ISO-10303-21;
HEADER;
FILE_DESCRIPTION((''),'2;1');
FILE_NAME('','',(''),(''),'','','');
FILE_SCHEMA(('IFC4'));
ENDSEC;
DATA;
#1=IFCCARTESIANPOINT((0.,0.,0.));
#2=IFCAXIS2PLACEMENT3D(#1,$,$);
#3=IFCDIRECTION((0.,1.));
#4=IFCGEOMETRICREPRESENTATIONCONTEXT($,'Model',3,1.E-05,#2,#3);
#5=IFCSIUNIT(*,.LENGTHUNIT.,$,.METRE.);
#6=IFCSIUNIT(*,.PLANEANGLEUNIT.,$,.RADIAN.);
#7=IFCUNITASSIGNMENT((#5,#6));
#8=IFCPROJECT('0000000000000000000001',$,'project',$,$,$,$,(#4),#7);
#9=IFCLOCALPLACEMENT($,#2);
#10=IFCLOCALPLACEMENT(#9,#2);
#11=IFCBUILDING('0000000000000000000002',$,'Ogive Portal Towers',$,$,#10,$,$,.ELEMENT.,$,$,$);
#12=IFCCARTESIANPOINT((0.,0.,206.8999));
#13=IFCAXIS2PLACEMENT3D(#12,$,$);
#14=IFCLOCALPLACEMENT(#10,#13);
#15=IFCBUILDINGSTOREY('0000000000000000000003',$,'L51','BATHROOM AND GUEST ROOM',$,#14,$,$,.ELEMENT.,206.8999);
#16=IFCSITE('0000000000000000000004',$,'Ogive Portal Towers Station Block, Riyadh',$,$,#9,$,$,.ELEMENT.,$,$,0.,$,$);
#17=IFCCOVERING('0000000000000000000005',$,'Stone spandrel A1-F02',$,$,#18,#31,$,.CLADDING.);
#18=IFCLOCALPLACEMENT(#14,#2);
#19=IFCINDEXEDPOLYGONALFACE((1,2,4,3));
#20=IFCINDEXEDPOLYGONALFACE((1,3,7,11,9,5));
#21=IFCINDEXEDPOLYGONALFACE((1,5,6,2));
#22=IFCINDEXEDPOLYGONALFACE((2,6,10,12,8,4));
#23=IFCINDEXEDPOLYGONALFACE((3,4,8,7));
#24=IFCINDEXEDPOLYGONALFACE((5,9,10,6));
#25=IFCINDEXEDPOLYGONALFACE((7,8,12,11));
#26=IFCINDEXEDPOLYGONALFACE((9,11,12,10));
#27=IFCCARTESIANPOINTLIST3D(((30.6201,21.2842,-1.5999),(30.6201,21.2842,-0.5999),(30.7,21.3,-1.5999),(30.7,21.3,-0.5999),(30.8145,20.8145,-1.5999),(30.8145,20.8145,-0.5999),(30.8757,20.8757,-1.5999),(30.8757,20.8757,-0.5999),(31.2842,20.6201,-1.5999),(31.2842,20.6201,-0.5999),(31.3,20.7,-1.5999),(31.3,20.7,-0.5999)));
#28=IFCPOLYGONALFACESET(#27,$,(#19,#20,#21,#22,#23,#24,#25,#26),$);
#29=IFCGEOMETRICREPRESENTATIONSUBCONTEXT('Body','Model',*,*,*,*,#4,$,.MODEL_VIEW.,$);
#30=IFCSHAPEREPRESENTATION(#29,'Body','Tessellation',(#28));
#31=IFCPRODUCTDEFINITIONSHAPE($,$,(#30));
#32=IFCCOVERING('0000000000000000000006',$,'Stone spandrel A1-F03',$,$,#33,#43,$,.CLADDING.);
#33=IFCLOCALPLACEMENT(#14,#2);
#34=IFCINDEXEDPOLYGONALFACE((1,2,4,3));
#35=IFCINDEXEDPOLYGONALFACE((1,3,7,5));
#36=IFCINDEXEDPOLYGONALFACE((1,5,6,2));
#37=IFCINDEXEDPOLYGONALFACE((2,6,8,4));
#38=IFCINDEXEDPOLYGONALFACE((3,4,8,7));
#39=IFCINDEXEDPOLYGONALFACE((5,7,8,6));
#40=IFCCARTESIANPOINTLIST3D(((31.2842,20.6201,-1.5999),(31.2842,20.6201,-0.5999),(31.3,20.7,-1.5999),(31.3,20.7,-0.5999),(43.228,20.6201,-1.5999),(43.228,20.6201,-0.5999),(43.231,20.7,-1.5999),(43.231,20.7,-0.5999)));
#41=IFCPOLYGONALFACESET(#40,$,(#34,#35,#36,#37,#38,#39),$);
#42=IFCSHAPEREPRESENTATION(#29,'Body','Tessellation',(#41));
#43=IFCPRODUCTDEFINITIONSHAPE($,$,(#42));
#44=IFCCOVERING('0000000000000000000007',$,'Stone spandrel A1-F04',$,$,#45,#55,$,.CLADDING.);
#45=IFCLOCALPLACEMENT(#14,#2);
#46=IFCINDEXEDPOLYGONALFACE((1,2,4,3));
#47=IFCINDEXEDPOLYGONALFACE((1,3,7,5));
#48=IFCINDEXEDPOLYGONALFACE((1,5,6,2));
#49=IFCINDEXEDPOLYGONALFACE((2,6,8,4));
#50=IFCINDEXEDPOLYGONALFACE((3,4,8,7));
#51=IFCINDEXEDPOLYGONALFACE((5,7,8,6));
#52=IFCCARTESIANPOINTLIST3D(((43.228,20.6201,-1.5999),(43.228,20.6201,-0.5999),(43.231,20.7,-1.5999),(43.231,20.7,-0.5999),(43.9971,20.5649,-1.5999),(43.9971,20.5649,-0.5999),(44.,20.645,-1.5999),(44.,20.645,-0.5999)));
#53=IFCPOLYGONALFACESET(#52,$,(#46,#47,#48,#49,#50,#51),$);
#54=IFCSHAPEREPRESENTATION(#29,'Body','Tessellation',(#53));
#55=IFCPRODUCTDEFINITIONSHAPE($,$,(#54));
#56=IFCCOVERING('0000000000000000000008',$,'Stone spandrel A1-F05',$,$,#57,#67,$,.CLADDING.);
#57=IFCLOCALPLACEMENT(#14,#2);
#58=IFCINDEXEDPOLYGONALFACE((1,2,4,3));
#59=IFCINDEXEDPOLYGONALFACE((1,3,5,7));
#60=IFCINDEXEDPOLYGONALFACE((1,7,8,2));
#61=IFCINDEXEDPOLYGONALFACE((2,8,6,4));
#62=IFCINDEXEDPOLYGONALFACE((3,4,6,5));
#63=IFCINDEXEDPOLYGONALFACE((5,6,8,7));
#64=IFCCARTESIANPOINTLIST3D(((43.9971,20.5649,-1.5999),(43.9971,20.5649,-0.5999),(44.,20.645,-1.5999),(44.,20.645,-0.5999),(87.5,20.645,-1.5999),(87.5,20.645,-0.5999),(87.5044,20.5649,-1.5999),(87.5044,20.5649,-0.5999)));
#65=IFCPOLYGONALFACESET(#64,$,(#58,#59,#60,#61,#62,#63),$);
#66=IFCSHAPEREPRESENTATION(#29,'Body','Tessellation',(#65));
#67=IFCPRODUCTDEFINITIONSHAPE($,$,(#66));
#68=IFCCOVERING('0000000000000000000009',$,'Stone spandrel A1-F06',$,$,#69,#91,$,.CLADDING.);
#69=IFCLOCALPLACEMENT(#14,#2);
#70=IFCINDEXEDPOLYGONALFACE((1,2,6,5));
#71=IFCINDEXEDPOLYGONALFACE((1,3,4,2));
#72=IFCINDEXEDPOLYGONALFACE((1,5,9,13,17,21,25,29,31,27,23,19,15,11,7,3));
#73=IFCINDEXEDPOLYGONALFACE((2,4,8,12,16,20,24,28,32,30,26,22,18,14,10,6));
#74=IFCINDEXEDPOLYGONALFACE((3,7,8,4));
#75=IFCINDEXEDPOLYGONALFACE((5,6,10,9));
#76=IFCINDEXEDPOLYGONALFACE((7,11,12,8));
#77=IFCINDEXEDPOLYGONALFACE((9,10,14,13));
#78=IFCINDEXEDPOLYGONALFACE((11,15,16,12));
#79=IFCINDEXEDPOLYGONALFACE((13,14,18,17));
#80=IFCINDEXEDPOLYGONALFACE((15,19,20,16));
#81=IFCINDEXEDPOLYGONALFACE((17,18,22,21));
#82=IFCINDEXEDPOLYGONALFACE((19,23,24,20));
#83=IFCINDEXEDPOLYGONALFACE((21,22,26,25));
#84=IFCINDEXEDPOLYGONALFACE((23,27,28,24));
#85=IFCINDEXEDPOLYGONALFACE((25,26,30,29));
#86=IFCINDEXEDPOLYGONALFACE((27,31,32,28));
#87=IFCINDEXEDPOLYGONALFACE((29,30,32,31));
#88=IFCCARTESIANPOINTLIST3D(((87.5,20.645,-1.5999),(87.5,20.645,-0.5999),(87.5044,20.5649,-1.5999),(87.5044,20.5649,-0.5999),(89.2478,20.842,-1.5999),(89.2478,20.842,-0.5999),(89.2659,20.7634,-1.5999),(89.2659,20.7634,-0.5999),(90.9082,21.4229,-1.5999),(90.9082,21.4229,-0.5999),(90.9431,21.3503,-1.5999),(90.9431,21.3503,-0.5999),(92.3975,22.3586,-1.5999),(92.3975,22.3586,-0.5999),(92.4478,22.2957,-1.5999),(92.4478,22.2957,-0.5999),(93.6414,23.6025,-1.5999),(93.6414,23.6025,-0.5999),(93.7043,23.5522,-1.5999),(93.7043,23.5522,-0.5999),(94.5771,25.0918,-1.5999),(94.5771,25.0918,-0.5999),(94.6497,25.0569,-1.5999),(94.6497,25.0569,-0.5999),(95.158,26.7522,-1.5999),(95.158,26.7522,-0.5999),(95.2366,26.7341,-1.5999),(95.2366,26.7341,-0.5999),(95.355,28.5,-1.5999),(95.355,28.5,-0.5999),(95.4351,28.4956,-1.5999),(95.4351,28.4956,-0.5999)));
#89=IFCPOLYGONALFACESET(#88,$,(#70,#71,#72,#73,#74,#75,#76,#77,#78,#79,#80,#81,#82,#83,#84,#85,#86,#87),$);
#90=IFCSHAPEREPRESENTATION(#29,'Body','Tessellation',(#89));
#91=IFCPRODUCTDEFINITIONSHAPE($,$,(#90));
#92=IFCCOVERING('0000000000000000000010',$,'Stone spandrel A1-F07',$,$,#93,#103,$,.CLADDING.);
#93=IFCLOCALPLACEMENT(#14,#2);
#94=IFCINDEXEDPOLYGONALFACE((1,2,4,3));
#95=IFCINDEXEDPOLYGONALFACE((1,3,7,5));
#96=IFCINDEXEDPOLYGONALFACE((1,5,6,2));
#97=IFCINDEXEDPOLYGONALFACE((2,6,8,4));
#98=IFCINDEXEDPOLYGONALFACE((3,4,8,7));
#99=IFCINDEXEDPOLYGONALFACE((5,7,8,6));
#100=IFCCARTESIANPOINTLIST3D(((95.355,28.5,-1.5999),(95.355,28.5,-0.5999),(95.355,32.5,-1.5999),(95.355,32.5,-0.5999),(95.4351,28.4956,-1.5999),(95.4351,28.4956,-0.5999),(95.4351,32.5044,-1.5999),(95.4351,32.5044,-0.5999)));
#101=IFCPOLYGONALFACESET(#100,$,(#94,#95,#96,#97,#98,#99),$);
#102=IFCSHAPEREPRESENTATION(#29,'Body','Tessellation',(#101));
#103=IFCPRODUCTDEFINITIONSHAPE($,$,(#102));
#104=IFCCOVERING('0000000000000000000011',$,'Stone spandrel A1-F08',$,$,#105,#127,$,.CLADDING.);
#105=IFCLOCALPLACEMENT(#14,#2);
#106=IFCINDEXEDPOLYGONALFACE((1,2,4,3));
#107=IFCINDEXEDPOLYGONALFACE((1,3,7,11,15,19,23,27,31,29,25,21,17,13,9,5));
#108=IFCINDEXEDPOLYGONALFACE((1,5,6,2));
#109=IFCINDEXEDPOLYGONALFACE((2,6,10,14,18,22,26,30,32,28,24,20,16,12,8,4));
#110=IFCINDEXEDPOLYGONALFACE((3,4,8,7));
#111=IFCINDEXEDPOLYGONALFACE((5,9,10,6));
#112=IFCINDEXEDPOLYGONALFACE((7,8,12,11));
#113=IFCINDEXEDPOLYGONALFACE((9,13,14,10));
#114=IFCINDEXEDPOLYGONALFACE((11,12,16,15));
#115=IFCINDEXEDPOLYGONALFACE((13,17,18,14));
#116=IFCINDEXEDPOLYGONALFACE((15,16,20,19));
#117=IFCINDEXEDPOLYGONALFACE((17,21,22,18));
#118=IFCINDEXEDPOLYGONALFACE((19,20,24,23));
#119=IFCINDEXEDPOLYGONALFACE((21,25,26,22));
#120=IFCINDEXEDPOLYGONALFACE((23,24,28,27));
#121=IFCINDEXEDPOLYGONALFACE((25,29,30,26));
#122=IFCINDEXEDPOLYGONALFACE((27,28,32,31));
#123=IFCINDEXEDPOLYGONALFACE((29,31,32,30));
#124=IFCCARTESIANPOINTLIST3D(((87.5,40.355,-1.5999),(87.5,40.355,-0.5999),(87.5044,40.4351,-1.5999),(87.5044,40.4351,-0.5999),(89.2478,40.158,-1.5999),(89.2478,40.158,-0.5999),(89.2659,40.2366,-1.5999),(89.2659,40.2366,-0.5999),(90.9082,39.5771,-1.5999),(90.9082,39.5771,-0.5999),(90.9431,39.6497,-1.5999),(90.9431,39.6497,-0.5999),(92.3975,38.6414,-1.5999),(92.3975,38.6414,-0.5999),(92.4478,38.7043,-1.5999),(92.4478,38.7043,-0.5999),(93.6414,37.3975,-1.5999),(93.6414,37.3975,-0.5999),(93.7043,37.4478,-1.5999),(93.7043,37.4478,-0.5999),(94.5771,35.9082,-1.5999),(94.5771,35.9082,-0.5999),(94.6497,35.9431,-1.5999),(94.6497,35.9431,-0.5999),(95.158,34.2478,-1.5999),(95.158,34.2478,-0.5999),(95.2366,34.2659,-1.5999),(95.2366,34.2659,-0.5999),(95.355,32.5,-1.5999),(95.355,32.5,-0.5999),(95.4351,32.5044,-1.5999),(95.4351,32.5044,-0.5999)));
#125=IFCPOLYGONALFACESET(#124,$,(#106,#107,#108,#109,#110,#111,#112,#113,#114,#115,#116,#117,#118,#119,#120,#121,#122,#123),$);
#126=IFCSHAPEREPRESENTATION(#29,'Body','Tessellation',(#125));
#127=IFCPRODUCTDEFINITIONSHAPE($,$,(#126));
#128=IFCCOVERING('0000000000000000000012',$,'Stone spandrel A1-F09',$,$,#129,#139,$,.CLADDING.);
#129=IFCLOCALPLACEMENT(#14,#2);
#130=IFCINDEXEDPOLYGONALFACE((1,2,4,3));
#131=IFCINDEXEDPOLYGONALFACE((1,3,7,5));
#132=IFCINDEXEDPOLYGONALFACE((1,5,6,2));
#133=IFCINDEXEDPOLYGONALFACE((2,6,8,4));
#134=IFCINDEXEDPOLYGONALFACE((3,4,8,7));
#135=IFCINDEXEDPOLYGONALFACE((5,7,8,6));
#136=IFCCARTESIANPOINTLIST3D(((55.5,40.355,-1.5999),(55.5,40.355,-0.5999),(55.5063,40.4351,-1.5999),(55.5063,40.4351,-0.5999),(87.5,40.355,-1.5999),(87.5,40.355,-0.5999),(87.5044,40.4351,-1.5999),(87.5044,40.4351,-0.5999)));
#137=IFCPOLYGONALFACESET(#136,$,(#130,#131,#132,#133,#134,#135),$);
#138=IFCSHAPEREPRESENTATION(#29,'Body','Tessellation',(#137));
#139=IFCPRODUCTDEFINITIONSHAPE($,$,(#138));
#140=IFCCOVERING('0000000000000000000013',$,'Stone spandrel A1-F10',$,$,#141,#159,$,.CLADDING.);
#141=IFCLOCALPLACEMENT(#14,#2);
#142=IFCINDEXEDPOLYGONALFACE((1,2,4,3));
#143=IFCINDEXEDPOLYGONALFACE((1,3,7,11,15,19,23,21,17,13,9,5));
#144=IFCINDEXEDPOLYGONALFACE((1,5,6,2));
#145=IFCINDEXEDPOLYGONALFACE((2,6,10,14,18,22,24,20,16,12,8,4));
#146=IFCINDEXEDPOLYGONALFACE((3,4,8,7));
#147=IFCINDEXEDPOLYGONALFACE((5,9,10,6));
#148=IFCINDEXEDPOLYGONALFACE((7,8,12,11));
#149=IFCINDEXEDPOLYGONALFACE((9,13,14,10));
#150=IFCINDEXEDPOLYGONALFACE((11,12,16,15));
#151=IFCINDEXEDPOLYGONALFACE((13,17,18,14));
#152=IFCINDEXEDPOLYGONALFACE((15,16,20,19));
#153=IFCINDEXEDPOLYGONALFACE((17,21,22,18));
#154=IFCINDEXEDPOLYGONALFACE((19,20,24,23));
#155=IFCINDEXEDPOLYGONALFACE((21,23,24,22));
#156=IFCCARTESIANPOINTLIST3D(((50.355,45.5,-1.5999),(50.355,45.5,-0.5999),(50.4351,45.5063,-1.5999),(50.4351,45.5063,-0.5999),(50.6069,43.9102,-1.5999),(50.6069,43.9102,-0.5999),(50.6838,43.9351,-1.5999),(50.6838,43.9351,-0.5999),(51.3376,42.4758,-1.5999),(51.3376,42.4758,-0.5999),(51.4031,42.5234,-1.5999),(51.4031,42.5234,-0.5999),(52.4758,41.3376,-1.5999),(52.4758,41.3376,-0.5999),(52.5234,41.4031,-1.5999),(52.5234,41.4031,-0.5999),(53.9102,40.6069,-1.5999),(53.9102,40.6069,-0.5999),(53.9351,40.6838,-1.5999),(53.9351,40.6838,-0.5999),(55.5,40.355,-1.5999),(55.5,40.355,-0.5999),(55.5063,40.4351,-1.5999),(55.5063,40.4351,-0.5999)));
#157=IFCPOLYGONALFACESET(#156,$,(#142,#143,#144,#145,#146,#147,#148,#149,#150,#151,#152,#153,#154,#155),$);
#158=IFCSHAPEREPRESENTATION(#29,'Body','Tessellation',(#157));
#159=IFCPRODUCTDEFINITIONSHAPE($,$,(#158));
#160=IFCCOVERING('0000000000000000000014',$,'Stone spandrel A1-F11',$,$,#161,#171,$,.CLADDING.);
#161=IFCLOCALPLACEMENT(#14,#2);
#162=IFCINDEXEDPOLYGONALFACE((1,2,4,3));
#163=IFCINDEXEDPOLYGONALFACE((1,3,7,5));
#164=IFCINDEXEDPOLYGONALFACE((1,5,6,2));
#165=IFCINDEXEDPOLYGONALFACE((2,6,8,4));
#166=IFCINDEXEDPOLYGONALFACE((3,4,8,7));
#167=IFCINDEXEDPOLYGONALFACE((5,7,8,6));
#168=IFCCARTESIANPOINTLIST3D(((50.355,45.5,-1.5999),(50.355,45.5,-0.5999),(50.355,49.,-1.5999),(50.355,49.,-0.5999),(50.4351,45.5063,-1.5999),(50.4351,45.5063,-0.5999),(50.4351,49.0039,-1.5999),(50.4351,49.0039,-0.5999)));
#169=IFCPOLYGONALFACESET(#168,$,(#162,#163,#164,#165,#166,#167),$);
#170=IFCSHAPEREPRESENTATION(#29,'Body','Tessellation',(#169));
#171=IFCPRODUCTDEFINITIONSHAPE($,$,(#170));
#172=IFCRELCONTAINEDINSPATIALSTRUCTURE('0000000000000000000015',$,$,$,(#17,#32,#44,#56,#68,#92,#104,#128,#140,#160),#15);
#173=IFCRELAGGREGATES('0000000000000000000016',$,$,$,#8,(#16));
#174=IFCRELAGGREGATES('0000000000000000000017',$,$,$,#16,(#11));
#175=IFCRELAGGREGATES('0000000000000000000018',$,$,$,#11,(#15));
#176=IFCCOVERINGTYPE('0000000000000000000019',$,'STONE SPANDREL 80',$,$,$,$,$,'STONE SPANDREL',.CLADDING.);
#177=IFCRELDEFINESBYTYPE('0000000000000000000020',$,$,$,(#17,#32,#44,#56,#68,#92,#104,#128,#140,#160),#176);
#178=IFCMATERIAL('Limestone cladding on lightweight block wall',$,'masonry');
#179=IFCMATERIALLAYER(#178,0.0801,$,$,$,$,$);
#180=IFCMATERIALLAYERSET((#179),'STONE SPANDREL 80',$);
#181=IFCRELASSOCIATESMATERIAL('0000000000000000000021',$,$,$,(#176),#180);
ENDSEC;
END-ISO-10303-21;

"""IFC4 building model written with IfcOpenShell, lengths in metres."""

from ifc_helpers import new_model, si_unit, direction, frame, origin, place, context, subcontext, project, spatial, polyline, outline, extrude, material, layer, layer_set, type_object, element, save


model = new_model("IFC4")

# Units and contexts
model_context = context("Model", 3, precision=1e-05, world=origin(), true_north=direction((0.0, 1.0)))
body_context = subcontext(model_context, "Body", "Model", "MODEL_VIEW")
ifc_project = project(units=[si_unit("LENGTHUNIT", "METRE"), si_unit("PLANEANGLEUNIT", "RADIAN")], contexts=[model_context])

# Site, building, storey
site_placement = place(None, origin())
site = spatial("IfcSite", under=ifc_project, at=site_placement, Name="Ogive Portal Towers Station Block, Riyadh", CompositionType="ELEMENT", RefElevation=0.0)
building_placement = place(site_placement, origin())
building = spatial("IfcBuilding", under=site, at=building_placement, Name="Ogive Portal Towers", CompositionType="ELEMENT")
storey_placement = place(building_placement, frame((0.0, 0.0, 206.8999)))
storey = spatial("IfcBuildingStorey", under=building, at=storey_placement, Name="L51", Description="BATHROOM AND GUEST ROOM", CompositionType="ELEMENT", Elevation=206.8999)

# Coverings
ifc_material_1 = material(Name="Limestone cladding on lightweight block wall", Category="masonry")
ifc_layer_1 = layer(ifc_material_1, 0.0801)
ifc_layer_set_1 = layer_set([ifc_layer_1], Name="STONE SPANDREL 80")
covering_type_1 = type_object("IfcCoveringType", Name="STONE SPANDREL 80", ElementType="STONE SPANDREL", PredefinedType="CLADDING", material=ifc_layer_set_1)
covering_1_placement = place(storey_placement, frame((0.0, 0.0, -1.5999)))
element("IfcCovering", 1, at=covering_1_placement, inside=storey, type_object=covering_type_1, Name="Stone spandrel A1-F02", PredefinedType="CLADDING", context=body_context, shape_type="SweptSolid", body=[
    extrude(outline(polyline([(30.7, 21.3), (30.8757, 20.8757), (31.3, 20.7), (31.2842, 20.6201), (30.8145, 20.8145), (30.6201, 21.2842), (30.7, 21.3)])), origin(), (0.0, 0.0, 1.0), 1.0),
])
covering_2_placement = place(storey_placement, frame((0.0, 0.0, -1.5999)))
element("IfcCovering", 2, at=covering_2_placement, inside=storey, type_object=covering_type_1, Name="Stone spandrel A1-F03", PredefinedType="CLADDING", context=body_context, shape_type="SweptSolid", body=[
    extrude(outline(polyline([(31.3, 20.7), (43.231, 20.7), (43.228, 20.6201), (31.2842, 20.6201), (31.3, 20.7)])), origin(), (0.0, 0.0, 1.0), 1.0),
])
covering_3_placement = place(storey_placement, frame((0.0, 0.0, -1.5999)))
element("IfcCovering", 3, at=covering_3_placement, inside=storey, type_object=covering_type_1, Name="Stone spandrel A1-F04", PredefinedType="CLADDING", context=body_context, shape_type="SweptSolid", body=[
    extrude(outline(polyline([(43.231, 20.7), (44.0, 20.645), (43.9971, 20.5649), (43.228, 20.6201), (43.231, 20.7)])), origin(), (0.0, 0.0, 1.0), 1.0),
])
covering_4_placement = place(storey_placement, frame((0.0, 0.0, -1.5999)))
element("IfcCovering", 4, at=covering_4_placement, inside=storey, type_object=covering_type_1, Name="Stone spandrel A1-F05", PredefinedType="CLADDING", context=body_context, shape_type="SweptSolid", body=[
    extrude(outline(polyline([(44.0, 20.645), (87.5, 20.645), (87.5044, 20.5649), (43.9971, 20.5649), (44.0, 20.645)])), origin(), (0.0, 0.0, 1.0), 1.0),
])
covering_5_placement = place(storey_placement, frame((0.0, 0.0, -1.5999)))
element("IfcCovering", 5, at=covering_5_placement, inside=storey, type_object=covering_type_1, Name="Stone spandrel A1-F06", PredefinedType="CLADDING", context=body_context, shape_type="SweptSolid", body=[
    extrude(outline(polyline([(87.5, 20.645), (89.2478, 20.842), (90.9082, 21.4229), (92.3975, 22.3586), (93.6414, 23.6025), (94.5771, 25.0918), (95.158, 26.7522), (95.355, 28.5), (95.4351, 28.4956), (95.2366, 26.7341), (94.6497, 25.0569), (93.7043, 23.5522), (92.4478, 22.2957), (90.9431, 21.3503), (89.2659, 20.7634), (87.5044, 20.5649), (87.5, 20.645)])), origin(), (0.0, 0.0, 1.0), 1.0),
])
covering_6_placement = place(storey_placement, frame((0.0, 0.0, -1.5999)))
element("IfcCovering", 6, at=covering_6_placement, inside=storey, type_object=covering_type_1, Name="Stone spandrel A1-F07", PredefinedType="CLADDING", context=body_context, shape_type="SweptSolid", body=[
    extrude(outline(polyline([(95.355, 28.5), (95.355, 32.5), (95.4351, 32.5044), (95.4351, 28.4956), (95.355, 28.5)])), origin(), (0.0, 0.0, 1.0), 1.0),
])
covering_7_placement = place(storey_placement, frame((0.0, 0.0, -1.5999)))
element("IfcCovering", 7, at=covering_7_placement, inside=storey, type_object=covering_type_1, Name="Stone spandrel A1-F08", PredefinedType="CLADDING", context=body_context, shape_type="SweptSolid", body=[
    extrude(outline(polyline([(95.355, 32.5), (95.158, 34.2478), (94.5771, 35.9082), (93.6414, 37.3975), (92.3975, 38.6414), (90.9082, 39.5771), (89.2478, 40.158), (87.5, 40.355), (87.5044, 40.4351), (89.2659, 40.2366), (90.9431, 39.6497), (92.4478, 38.7043), (93.7043, 37.4478), (94.6497, 35.9431), (95.2366, 34.2659), (95.4351, 32.5044), (95.355, 32.5)])), origin(), (0.0, 0.0, 1.0), 1.0),
])
covering_8_placement = place(storey_placement, frame((0.0, 0.0, -1.5999)))
element("IfcCovering", 8, at=covering_8_placement, inside=storey, type_object=covering_type_1, Name="Stone spandrel A1-F09", PredefinedType="CLADDING", context=body_context, shape_type="SweptSolid", body=[
    extrude(outline(polyline([(87.5, 40.355), (55.5, 40.355), (55.5063, 40.4351), (87.5044, 40.4351), (87.5, 40.355)])), origin(), (0.0, 0.0, 1.0), 1.0),
])
covering_9_placement = place(storey_placement, frame((0.0, 0.0, -1.5999)))
element("IfcCovering", 9, at=covering_9_placement, inside=storey, type_object=covering_type_1, Name="Stone spandrel A1-F10", PredefinedType="CLADDING", context=body_context, shape_type="SweptSolid", body=[
    extrude(outline(polyline([(55.5, 40.355), (53.9102, 40.6069), (52.4758, 41.3376), (51.3376, 42.4758), (50.6069, 43.9102), (50.355, 45.5), (50.4351, 45.5063), (50.6838, 43.9351), (51.4031, 42.5234), (52.5234, 41.4031), (53.9351, 40.6838), (55.5063, 40.4351), (55.5, 40.355)])), origin(), (0.0, 0.0, 1.0), 1.0),
])
covering_10_placement = place(storey_placement, frame((0.0, 0.0, -1.5999)))
element("IfcCovering", 10, at=covering_10_placement, inside=storey, type_object=covering_type_1, Name="Stone spandrel A1-F11", PredefinedType="CLADDING", context=body_context, shape_type="SweptSolid", body=[
    extrude(outline(polyline([(50.355, 45.5), (50.355, 49.0), (50.4351, 49.0039), (50.4351, 45.5063), (50.355, 45.5)])), origin(), (0.0, 0.0, 1.0), 1.0),
])

save(model, "model.ifc")
